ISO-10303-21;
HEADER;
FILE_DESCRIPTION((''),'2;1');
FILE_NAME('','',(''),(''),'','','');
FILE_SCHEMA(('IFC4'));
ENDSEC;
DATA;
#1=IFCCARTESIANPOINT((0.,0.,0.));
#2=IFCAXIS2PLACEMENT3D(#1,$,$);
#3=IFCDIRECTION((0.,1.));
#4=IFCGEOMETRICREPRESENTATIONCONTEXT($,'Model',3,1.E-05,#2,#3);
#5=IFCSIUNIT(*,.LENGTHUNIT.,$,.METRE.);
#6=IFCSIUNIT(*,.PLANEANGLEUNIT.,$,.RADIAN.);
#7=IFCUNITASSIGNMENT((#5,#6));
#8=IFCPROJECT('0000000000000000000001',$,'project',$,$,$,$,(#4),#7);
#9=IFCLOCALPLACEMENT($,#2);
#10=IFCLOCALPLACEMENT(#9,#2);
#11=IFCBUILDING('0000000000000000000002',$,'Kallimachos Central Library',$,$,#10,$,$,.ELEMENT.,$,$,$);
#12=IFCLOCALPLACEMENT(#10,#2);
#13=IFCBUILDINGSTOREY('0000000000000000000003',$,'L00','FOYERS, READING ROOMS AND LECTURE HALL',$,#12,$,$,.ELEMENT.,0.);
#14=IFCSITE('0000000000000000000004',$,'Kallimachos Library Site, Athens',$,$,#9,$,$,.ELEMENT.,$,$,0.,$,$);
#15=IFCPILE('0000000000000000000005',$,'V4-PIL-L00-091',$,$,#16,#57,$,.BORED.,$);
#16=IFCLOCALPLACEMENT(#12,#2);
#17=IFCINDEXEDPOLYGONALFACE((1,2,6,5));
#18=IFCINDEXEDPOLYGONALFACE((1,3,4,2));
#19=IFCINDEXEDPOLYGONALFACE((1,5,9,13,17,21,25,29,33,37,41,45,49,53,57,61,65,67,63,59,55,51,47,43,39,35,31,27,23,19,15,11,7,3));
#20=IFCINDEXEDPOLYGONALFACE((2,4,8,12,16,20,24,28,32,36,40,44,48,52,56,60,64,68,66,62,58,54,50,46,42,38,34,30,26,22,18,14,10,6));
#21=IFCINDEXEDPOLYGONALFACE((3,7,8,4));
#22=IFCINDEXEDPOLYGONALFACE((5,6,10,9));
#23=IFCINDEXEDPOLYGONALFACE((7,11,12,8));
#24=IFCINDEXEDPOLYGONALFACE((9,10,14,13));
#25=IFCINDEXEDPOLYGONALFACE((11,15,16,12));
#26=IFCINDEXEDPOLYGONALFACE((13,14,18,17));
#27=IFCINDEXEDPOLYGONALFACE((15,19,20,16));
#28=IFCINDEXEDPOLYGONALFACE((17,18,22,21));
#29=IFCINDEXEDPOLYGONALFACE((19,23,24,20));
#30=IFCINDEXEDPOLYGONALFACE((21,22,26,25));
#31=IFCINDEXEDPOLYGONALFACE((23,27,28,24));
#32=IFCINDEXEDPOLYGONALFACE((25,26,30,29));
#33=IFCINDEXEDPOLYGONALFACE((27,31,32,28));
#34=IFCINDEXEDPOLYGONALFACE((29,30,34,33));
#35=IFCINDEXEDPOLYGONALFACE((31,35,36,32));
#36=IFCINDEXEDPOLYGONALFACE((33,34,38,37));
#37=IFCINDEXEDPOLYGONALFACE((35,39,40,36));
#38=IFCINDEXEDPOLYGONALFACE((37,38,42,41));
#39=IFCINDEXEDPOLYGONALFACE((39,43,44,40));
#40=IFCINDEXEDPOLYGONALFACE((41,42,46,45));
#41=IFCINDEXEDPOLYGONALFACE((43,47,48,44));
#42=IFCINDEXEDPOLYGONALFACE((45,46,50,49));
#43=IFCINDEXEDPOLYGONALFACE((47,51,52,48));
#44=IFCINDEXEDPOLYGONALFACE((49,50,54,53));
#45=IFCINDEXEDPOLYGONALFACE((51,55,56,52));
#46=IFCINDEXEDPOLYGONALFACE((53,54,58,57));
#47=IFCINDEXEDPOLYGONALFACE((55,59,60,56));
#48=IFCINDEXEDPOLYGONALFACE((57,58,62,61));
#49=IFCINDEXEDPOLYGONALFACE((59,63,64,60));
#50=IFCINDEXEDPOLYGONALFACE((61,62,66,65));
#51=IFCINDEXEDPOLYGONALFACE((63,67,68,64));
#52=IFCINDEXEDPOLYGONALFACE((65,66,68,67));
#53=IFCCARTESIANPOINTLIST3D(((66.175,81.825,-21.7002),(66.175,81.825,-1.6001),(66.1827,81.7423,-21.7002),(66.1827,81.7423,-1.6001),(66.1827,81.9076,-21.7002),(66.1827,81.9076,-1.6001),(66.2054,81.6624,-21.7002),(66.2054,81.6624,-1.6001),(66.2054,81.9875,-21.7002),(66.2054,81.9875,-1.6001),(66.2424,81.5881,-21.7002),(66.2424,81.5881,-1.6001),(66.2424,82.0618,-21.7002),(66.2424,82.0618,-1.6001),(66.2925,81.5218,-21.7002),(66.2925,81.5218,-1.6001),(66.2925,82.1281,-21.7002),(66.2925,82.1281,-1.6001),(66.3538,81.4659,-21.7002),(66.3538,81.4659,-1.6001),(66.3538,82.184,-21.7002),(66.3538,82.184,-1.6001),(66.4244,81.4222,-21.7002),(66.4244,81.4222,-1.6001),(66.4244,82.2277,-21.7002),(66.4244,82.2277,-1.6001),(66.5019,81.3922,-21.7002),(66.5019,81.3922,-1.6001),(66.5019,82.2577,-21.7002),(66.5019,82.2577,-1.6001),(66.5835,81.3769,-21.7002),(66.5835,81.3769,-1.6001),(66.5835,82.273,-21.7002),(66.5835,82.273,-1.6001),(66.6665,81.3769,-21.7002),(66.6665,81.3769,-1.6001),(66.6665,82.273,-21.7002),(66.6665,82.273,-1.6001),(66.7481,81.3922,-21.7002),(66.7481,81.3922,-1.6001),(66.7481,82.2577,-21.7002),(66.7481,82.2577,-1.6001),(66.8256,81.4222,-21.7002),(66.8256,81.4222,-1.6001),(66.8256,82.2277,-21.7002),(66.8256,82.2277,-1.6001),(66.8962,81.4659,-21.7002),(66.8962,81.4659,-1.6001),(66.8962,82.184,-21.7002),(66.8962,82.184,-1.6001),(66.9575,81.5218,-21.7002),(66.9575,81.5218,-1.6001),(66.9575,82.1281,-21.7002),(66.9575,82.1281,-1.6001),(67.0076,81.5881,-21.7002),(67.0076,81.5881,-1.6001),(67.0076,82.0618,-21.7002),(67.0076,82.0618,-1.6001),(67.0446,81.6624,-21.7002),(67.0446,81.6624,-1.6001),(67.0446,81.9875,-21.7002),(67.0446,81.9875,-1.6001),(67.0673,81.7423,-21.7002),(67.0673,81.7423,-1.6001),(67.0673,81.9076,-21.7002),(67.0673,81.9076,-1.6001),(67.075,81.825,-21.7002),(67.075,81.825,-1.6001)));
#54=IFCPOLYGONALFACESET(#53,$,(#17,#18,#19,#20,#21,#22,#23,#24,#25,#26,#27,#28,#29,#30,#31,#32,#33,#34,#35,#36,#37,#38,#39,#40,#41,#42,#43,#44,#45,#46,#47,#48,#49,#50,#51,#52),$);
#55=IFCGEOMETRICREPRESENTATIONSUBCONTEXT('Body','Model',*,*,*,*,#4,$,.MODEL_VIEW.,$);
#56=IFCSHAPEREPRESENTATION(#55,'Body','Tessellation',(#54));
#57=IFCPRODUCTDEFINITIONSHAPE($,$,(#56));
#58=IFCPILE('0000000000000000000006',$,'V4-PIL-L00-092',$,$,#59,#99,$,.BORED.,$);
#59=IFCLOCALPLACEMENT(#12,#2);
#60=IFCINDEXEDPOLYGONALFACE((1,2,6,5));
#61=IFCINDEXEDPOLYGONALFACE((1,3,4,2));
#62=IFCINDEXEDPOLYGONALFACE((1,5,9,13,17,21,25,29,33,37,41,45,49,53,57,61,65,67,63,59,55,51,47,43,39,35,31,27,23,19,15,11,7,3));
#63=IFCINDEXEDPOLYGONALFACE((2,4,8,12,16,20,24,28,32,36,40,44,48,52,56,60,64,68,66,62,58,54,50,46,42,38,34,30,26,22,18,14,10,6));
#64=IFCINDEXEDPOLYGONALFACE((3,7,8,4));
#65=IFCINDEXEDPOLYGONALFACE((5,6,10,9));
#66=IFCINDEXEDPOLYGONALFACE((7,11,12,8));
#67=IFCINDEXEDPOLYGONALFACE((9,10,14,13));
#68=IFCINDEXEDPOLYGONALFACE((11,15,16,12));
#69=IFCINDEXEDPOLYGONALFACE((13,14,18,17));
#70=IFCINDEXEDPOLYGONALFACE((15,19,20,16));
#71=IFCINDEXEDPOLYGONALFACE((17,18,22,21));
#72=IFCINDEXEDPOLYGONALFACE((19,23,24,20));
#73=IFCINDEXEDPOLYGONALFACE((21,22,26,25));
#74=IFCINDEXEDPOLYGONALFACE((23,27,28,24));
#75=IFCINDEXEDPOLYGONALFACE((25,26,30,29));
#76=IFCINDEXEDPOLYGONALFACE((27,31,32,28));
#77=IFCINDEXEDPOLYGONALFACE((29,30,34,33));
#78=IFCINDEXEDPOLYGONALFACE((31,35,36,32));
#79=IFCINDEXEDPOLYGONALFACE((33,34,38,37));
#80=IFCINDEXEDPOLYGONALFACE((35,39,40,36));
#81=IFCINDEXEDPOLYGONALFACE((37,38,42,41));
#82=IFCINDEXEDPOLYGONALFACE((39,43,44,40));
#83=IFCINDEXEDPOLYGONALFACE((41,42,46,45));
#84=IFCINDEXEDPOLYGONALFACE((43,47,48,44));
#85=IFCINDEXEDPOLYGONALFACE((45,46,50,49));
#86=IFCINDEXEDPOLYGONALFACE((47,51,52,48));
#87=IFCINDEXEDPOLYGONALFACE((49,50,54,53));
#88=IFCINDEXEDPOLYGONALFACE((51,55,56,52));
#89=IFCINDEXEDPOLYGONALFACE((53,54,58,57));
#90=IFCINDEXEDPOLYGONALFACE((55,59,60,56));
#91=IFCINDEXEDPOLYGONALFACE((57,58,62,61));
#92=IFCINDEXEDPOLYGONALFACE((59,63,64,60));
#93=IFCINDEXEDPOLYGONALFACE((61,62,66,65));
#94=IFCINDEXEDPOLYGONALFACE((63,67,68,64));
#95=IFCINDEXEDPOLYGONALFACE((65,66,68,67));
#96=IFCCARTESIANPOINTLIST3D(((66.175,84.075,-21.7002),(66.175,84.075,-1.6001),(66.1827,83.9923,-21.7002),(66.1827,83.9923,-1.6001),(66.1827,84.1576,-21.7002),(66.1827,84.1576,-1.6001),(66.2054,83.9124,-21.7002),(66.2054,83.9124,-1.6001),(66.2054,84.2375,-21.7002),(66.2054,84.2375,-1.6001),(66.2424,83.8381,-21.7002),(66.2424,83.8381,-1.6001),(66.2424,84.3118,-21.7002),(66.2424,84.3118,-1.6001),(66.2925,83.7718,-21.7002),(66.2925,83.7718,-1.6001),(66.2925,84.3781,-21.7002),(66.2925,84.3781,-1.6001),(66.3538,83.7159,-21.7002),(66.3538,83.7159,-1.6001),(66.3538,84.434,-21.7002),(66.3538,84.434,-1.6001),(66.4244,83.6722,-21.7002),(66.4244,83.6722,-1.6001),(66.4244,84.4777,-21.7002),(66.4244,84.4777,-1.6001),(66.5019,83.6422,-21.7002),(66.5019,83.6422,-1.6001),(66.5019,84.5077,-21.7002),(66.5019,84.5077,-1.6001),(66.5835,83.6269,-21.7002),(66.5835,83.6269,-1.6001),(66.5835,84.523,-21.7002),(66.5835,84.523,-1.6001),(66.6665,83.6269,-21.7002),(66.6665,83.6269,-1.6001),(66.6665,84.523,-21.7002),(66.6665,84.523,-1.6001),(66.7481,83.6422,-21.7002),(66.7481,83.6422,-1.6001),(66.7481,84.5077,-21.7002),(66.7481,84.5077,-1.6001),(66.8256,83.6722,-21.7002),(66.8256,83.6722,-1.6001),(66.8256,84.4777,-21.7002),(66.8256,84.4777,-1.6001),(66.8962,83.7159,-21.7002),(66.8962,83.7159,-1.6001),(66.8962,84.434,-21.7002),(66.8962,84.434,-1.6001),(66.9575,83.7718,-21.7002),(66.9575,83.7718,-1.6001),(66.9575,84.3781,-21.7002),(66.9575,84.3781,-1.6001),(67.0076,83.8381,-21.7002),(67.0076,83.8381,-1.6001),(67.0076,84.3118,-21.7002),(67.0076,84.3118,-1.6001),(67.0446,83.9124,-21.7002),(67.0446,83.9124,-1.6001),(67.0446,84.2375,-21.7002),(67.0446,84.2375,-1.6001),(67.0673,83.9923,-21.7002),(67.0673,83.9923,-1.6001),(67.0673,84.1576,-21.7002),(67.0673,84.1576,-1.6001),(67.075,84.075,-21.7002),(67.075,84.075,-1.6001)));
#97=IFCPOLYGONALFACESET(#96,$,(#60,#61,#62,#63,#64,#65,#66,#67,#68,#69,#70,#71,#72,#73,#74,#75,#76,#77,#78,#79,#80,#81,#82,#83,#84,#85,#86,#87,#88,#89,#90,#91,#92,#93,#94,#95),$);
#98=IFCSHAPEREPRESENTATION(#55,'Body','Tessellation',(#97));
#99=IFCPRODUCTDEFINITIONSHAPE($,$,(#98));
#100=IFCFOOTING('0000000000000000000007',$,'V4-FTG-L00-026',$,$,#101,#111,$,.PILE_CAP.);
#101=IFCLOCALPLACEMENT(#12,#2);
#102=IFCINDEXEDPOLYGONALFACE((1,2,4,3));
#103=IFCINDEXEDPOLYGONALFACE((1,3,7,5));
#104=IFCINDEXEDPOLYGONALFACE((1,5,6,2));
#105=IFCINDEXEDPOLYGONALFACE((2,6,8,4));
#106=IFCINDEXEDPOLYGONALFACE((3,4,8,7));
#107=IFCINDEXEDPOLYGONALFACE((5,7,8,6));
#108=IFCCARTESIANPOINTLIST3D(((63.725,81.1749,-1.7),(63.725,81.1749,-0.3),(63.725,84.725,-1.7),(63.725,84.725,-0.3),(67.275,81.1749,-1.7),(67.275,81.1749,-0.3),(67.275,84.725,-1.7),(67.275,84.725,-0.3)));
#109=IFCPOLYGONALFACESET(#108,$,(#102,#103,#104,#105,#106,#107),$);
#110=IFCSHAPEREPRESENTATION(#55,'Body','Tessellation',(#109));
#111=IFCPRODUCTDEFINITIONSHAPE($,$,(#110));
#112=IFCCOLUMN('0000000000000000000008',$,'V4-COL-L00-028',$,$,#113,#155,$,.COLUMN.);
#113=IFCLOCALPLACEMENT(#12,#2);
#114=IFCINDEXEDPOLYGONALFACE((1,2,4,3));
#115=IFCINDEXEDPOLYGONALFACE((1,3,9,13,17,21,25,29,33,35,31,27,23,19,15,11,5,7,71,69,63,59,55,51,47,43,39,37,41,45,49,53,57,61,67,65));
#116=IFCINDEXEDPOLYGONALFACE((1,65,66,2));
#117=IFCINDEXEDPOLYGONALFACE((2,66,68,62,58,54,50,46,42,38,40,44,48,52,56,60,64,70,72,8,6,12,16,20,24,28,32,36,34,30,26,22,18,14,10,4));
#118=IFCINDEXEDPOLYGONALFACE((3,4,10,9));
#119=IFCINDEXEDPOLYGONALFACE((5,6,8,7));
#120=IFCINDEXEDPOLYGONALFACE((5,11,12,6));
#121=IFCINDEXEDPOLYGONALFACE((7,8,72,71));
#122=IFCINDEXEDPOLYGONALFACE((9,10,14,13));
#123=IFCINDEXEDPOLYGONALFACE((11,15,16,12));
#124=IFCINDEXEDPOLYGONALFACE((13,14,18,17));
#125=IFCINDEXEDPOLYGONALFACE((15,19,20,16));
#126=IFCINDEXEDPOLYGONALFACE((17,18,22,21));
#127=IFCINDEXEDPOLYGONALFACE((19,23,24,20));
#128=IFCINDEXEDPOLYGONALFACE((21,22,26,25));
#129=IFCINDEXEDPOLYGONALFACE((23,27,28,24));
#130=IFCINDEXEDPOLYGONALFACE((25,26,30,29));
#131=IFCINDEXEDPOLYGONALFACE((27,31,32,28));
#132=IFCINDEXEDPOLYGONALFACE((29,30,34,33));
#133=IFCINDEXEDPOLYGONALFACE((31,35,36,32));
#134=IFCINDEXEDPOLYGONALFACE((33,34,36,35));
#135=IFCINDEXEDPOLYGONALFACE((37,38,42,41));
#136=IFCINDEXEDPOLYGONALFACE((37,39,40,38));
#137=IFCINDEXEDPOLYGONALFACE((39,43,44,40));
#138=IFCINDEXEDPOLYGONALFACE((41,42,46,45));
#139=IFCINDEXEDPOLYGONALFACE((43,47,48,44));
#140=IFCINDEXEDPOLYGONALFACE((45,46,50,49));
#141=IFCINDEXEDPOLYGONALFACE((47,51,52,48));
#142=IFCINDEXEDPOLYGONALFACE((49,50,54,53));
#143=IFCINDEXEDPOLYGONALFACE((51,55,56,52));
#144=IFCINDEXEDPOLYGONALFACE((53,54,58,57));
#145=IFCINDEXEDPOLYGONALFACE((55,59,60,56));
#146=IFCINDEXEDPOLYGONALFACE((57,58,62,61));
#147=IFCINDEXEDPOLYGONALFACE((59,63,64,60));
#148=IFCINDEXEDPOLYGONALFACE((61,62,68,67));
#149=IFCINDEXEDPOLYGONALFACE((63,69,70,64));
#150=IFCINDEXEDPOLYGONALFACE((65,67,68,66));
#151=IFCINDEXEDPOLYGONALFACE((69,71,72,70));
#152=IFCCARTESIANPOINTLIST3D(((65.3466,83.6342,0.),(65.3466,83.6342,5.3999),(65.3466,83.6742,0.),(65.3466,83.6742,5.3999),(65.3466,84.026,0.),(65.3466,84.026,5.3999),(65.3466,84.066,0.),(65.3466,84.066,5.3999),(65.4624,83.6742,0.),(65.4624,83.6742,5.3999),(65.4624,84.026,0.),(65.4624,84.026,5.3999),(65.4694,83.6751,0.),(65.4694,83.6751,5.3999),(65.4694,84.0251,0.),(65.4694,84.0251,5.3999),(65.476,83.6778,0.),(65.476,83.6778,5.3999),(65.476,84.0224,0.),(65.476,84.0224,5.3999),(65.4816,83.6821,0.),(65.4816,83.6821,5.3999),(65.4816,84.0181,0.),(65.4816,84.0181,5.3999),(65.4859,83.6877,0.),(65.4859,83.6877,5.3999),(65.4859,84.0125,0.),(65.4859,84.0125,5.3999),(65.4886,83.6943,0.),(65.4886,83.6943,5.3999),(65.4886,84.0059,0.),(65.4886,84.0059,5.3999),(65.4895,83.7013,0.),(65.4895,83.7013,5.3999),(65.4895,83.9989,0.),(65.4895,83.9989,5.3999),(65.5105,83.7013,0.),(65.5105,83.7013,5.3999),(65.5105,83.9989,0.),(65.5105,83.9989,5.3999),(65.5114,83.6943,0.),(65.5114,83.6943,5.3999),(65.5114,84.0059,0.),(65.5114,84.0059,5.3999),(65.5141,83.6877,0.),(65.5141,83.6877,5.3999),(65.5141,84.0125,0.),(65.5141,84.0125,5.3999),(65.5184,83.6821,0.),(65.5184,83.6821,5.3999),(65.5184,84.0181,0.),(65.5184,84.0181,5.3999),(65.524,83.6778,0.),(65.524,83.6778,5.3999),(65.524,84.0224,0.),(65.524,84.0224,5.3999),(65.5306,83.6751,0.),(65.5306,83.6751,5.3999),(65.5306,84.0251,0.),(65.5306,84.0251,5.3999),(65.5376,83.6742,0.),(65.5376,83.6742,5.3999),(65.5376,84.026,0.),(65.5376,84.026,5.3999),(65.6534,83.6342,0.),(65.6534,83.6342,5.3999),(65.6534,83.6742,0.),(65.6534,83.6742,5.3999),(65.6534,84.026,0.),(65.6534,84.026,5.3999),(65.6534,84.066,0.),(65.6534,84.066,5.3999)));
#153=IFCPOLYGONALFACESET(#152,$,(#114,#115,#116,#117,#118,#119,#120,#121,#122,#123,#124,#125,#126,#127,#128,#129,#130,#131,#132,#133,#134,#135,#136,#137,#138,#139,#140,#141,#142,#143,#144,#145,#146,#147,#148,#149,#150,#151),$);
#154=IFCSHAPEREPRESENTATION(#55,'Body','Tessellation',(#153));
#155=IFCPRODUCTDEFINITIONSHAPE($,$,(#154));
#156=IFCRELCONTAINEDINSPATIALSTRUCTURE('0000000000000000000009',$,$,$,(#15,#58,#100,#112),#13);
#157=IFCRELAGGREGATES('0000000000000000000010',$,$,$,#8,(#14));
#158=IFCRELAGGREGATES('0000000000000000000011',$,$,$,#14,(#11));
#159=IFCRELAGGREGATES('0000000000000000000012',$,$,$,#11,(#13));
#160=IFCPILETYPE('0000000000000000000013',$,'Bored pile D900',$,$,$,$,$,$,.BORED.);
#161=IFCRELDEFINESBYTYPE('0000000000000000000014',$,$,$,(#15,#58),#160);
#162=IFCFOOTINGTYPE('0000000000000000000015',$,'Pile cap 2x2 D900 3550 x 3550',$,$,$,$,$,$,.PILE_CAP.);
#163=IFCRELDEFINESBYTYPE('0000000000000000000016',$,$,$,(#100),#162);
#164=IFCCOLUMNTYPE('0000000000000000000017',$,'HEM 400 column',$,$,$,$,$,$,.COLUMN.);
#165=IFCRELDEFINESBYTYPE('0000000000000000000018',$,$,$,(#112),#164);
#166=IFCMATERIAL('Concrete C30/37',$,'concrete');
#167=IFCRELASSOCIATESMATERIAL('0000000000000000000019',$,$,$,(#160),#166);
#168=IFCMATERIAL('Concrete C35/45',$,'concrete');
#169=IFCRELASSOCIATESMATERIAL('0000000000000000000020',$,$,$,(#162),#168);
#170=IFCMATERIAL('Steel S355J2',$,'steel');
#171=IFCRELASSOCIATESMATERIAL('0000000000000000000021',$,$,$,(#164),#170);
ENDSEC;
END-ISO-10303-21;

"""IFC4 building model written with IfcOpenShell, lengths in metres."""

from ifc_helpers import new_model, si_unit, direction, frame, origin, origin_2d, place, context, subcontext, project, spatial, rectangle, circle, i_section, extrude, material, material_profile, profile_set, type_object, element, save


model = new_model("IFC4")

# Units and contexts
model_context = context("Model", 3, precision=1e-05, world=origin(), true_north=direction((0.0, 1.0)))
body_context = subcontext(model_context, "Body", "Model", "MODEL_VIEW")
ifc_project = project(units=[si_unit("LENGTHUNIT", "METRE"), si_unit("PLANEANGLEUNIT", "RADIAN")], contexts=[model_context])

# Site, building, storey
site_placement = place(None, origin())
site = spatial("IfcSite", under=ifc_project, at=site_placement, Name="Kallimachos Library Site, Athens", CompositionType="ELEMENT", RefElevation=0.0)
building_placement = place(site_placement, origin())
building = spatial("IfcBuilding", under=site, at=building_placement, Name="Kallimachos Central Library", CompositionType="ELEMENT")
storey_placement = place(building_placement, origin())
storey = spatial("IfcBuildingStorey", under=building, at=storey_placement, Name="L00", Description="FOYERS, READING ROOMS AND LECTURE HALL", CompositionType="ELEMENT", Elevation=0.0)

# Piles
ifc_material_1 = material(Name="Concrete C30/37", Category="concrete")
pile_type = type_object("IfcPileType", Name="Bored pile D900", PredefinedType="BORED", material=ifc_material_1)
for number, where, z_axis, x_axis, name in (
    (1, (66.625, 81.825, -1.6001), (0.0, 0.0, -1.0), (1.0, 0.0, 0.0), "V4-PIL-L00-091"),
    (2, (66.625, 84.075, -1.6001), (0.0, 0.0, -1.0), (1.0, 0.0, 0.0), "V4-PIL-L00-092"),
):
    element("IfcPile", number, at=place(storey_placement, frame(where, z_axis=z_axis, x_axis=x_axis)), inside=storey, type_object=pile_type, Name=name, PredefinedType="BORED", context=body_context, shape_type="SweptSolid", body=[
        extrude(circle(Radius=0.45, at=origin_2d()), origin(), (0.0, 0.0, 1.0), 20.1001),
    ])

# Footing
ifc_material_2 = material(Name="Concrete C35/45", Category="concrete")
footing_type = type_object("IfcFootingType", Name="Pile cap 2x2 D900 3550 x 3550", PredefinedType="PILE_CAP", material=ifc_material_2)
footing_placement = place(storey_placement, frame((65.5, 82.95, -1.7), z_axis=(0.0, 0.0, 1.0), x_axis=(1.0, 0.0, 0.0)))
element("IfcFooting", 3, at=footing_placement, inside=storey, type_object=footing_type, Name="V4-FTG-L00-026", PredefinedType="PILE_CAP", context=body_context, shape_type="SweptSolid", body=[
    extrude(rectangle(XDim=3.55, YDim=3.55, at=origin_2d()), origin(), (0.0, 0.0, 1.0), 1.3999),
])

# Column
ifc_material_3 = material(Name="Steel S355J2", Category="steel")
ifc_material_profile_1 = material_profile(ifc_material_3, i_section(OverallWidth=0.3069, OverallDepth=0.4319, WebThickness=0.021, FlangeThickness=0.04, FilletRadius=0.0271, at=origin_2d()), Name="HEM 400")
ifc_profile_set_1 = profile_set([ifc_material_profile_1], Name="Steel S355J2")
column_type = type_object("IfcColumnType", Name="HEM 400 column", PredefinedType="COLUMN", material=ifc_profile_set_1)
column_placement = place(storey_placement, frame((65.5, 83.8501, 0.0), z_axis=(0.0, 0.0, 1.0), x_axis=(1.0, 0.0, 0.0)))
element("IfcColumn", 4, at=column_placement, inside=storey, type_object=column_type, Name="V4-COL-L00-028", PredefinedType="COLUMN", context=body_context, shape_type="SweptSolid", body=[
    extrude(i_section(OverallWidth=0.3069, OverallDepth=0.4319, WebThickness=0.021, FlangeThickness=0.04, FilletRadius=0.0271, at=origin_2d()), origin(), (0.0, 0.0, 1.0), 5.3999),
])

save(model, "model.ifc")
